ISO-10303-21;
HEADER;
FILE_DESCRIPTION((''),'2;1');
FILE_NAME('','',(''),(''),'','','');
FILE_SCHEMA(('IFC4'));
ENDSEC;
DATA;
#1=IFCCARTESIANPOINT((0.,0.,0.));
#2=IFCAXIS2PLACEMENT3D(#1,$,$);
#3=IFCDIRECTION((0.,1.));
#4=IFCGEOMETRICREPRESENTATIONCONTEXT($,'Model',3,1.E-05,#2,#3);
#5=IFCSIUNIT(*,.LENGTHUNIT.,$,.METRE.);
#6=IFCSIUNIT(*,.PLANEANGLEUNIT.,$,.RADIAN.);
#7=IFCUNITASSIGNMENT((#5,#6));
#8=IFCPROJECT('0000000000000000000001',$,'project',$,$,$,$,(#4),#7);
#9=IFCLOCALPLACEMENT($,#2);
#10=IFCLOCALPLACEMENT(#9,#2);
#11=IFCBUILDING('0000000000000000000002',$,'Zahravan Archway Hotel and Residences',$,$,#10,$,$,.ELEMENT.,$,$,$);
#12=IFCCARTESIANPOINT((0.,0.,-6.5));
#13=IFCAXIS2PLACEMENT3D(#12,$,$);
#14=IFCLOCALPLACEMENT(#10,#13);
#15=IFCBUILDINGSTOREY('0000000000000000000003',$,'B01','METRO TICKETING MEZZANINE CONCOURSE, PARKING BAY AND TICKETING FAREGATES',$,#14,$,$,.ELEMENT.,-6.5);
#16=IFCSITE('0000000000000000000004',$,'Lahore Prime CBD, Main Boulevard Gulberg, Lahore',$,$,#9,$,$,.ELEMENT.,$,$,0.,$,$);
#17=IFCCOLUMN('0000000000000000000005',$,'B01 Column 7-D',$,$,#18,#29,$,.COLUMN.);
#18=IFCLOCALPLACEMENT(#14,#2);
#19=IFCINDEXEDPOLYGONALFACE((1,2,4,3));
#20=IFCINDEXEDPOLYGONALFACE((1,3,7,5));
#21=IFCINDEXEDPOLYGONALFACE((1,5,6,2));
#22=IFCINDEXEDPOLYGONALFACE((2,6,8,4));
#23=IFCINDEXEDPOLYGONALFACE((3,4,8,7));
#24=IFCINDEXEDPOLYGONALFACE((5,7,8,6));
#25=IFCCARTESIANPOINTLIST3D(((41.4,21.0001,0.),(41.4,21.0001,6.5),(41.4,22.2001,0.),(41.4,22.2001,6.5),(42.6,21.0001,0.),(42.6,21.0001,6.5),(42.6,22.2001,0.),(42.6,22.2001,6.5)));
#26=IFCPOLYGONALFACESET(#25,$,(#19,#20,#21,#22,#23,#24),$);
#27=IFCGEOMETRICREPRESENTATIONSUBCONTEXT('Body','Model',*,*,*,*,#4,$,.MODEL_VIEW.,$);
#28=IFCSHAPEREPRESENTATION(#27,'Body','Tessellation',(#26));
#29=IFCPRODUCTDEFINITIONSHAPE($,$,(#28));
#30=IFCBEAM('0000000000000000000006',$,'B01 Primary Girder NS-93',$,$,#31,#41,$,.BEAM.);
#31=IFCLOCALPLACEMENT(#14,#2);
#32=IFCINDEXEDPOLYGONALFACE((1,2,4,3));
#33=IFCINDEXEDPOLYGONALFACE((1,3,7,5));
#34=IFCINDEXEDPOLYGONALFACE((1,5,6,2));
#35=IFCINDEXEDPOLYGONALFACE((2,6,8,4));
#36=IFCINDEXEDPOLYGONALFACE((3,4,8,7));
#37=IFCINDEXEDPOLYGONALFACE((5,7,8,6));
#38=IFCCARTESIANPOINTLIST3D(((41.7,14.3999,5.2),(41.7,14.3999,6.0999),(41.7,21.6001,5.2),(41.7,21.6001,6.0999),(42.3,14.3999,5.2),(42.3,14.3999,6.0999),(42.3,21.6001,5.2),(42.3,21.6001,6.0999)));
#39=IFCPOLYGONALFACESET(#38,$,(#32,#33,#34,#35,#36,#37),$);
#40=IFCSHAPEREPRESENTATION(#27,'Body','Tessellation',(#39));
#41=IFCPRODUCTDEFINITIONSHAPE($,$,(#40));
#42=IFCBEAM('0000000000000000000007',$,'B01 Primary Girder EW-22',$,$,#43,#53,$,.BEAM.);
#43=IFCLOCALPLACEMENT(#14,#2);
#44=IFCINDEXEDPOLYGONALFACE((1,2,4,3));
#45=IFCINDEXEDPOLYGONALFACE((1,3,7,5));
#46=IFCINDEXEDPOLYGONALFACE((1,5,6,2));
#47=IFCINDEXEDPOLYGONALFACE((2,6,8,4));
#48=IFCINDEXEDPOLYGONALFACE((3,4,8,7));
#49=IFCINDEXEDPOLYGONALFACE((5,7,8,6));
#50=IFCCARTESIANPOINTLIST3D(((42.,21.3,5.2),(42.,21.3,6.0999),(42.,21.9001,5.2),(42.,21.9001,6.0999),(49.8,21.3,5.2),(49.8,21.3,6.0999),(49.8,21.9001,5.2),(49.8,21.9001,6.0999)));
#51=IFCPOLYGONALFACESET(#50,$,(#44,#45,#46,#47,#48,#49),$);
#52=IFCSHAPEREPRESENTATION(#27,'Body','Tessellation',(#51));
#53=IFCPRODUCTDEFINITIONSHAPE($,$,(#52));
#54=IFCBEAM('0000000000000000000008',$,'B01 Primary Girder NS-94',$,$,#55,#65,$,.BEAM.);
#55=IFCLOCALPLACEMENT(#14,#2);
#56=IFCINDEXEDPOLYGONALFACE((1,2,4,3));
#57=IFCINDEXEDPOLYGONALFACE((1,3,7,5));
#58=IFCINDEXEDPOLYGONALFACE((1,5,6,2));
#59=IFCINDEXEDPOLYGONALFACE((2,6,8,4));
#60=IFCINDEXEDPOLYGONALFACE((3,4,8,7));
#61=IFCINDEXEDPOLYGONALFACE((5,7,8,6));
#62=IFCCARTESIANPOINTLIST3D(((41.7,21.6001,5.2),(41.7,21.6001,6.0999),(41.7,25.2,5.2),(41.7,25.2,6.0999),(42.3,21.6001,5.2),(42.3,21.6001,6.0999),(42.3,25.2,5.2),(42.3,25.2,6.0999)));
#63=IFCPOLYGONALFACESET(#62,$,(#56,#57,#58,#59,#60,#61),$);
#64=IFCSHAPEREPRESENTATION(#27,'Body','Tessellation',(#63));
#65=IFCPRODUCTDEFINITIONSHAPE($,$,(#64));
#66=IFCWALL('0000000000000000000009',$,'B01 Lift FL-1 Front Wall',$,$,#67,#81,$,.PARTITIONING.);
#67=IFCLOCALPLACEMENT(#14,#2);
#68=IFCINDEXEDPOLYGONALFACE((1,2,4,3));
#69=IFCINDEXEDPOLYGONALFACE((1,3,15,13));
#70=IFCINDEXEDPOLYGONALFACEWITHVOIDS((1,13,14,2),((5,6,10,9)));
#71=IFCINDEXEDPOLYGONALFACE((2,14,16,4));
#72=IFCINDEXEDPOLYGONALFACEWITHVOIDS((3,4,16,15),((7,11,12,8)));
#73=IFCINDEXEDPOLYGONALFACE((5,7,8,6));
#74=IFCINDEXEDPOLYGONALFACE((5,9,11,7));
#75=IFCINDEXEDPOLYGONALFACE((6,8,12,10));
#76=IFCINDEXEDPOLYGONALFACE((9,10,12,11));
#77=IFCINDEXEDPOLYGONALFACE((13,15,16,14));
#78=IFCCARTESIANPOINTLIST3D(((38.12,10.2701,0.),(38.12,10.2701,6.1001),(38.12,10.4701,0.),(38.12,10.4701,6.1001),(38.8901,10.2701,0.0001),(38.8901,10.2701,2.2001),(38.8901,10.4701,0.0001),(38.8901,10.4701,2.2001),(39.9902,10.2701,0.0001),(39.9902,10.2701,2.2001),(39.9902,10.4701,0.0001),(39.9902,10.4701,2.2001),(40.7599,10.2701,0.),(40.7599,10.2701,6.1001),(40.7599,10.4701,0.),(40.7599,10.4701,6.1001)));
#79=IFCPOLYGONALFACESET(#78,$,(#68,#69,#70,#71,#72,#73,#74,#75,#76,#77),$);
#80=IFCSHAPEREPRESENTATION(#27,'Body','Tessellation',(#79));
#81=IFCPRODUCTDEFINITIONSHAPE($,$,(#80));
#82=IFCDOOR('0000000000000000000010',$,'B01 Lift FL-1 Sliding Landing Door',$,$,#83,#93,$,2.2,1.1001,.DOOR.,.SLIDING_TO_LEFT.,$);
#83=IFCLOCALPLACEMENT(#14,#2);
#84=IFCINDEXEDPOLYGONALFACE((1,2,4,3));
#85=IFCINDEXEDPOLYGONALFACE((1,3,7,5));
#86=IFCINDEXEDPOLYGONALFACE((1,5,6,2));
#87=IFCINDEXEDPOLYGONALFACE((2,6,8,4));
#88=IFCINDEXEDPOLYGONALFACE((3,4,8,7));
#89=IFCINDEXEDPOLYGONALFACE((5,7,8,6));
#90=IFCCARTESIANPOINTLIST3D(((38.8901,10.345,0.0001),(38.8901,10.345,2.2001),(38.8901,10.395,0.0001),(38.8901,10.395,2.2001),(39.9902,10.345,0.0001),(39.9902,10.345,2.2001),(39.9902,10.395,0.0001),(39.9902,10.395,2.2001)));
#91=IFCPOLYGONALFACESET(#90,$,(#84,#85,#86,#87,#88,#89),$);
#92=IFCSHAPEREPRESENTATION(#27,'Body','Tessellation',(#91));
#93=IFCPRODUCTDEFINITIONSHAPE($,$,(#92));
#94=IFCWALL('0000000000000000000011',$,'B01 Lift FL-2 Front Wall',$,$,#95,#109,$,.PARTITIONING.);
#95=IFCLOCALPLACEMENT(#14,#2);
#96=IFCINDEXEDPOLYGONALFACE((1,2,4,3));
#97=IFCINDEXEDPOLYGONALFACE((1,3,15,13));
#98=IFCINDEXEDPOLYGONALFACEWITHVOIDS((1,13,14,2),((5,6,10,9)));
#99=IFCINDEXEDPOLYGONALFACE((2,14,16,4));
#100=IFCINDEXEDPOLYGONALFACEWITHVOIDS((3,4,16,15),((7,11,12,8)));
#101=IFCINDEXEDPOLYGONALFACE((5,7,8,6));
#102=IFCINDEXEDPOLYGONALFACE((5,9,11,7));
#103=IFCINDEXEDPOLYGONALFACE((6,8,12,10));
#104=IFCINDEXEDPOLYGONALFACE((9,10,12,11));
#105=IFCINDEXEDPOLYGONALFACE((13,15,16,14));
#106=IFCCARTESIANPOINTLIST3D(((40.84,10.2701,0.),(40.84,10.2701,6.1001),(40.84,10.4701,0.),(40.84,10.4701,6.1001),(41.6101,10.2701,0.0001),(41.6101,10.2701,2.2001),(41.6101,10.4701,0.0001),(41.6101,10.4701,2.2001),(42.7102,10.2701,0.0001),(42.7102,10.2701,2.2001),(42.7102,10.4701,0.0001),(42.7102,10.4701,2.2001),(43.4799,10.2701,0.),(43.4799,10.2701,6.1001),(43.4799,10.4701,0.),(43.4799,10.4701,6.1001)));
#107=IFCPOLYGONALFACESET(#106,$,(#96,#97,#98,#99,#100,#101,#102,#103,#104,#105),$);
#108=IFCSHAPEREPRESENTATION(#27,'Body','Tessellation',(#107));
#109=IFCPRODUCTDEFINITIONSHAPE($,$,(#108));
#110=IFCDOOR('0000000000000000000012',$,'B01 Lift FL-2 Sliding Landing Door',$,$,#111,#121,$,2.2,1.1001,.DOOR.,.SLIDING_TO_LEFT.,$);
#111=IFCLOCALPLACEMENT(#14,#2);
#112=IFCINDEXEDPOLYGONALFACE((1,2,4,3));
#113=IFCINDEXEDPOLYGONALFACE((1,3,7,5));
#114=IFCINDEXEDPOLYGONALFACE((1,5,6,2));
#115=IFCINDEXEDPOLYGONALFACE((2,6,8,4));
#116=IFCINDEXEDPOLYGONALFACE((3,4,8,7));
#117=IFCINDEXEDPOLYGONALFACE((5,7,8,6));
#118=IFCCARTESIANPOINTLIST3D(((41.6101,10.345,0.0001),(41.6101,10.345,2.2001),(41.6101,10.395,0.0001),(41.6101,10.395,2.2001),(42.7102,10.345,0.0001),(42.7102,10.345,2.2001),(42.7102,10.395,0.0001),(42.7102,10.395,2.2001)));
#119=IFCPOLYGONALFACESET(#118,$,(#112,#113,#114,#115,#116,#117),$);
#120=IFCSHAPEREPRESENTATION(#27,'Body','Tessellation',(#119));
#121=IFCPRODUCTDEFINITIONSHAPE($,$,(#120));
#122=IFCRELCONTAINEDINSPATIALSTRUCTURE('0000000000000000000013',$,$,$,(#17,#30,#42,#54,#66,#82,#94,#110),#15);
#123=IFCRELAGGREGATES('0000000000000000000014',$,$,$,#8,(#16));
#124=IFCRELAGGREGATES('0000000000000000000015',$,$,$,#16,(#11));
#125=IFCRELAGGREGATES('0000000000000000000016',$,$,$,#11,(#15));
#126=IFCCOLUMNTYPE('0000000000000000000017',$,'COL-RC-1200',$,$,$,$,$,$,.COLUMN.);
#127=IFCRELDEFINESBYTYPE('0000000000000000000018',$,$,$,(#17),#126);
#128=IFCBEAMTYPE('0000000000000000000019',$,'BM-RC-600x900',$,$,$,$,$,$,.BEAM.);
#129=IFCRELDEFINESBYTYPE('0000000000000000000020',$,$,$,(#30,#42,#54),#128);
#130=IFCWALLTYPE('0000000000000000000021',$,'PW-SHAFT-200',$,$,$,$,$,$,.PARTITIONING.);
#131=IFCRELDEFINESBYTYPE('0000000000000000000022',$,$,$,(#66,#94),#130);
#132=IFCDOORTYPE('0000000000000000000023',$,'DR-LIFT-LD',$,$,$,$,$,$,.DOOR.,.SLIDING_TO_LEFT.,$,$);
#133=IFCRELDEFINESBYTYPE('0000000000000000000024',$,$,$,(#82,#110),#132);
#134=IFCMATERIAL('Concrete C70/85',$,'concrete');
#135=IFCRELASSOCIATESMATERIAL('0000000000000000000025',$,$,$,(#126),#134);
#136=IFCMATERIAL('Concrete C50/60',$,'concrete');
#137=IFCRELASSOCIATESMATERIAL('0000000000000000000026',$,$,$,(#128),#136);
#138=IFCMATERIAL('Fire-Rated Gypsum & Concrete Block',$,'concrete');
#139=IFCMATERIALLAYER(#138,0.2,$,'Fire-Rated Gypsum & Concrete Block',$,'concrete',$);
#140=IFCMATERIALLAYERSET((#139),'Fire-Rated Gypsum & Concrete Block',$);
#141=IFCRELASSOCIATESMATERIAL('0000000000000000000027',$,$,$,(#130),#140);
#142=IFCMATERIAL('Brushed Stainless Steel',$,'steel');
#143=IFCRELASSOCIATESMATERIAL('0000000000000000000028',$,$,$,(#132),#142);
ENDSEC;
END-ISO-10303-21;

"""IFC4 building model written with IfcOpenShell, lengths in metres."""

from ifc_helpers import new_model, si_unit, direction, frame, frame_2d, origin, origin_2d, place, context, subcontext, project, spatial, rectangle, extrude, source, transform, mapped, material, layer, layer_set, material_profile, profile_set, type_object, type_shapes, element, fill, save


model = new_model("IFC4")

# Units and contexts
model_context = context("Model", 3, precision=1e-05, world=origin(), true_north=direction((0.0, 1.0)))
body_context = subcontext(model_context, "Body", "Model", "MODEL_VIEW")
ifc_project = project(units=[si_unit("LENGTHUNIT", "METRE"), si_unit("PLANEANGLEUNIT", "RADIAN")], contexts=[model_context])

# Site, building, storey
site_placement = place(None, origin())
site = spatial("IfcSite", under=ifc_project, at=site_placement, Name="Lahore Prime CBD, Main Boulevard Gulberg, Lahore", CompositionType="ELEMENT", RefElevation=0.0)
building_placement = place(site_placement, origin())
building = spatial("IfcBuilding", under=site, at=building_placement, Name="Zahravan Archway Hotel and Residences", CompositionType="ELEMENT")
storey_placement = place(building_placement, frame((0.0, 0.0, -6.5)))
storey = spatial("IfcBuildingStorey", under=building, at=storey_placement, Name="B01", Description="METRO TICKETING MEZZANINE CONCOURSE, PARKING BAY AND TICKETING FAREGATES", CompositionType="ELEMENT", Elevation=-6.5)

# Column
ifc_material_1 = material(Name="Concrete C70/85", Category="concrete")
ifc_material_profile_1 = material_profile(ifc_material_1, rectangle(XDim=1.2, YDim=1.2, at=origin_2d()), Name="RC-COL-1200x1200", Category="concrete")
ifc_profile_set_1 = profile_set([ifc_material_profile_1], Name="Concrete C70/85")
column_type = type_object("IfcColumnType", Name="COL-RC-1200", PredefinedType="COLUMN", material=ifc_profile_set_1)
shared_shape_1 = source(origin(), body_context, "Body", "SweptSolid", [
    extrude(rectangle(XDim=1.2, YDim=1.2, at=origin_2d()), origin(), (0.0, 0.0, 1.0), 6.5),
])
column_placement = place(storey_placement, frame((42.0, 21.6001, 0.0), z_axis=(0.0, 0.0, 1.0), x_axis=(1.0, 0.0, 0.0)))
element("IfcColumn", 1, at=column_placement, inside=storey, type_object=column_type, Name="B01 Column 7-D", PredefinedType="COLUMN", context=body_context, shape_type="MappedRepresentation", body=[
    mapped(shared_shape_1, transform((0.0, 0.0, 0.0), scale=1.0)),
])

# Beams
ifc_material_2 = material(Name="Concrete C50/60", Category="concrete")
ifc_material_profile_2 = material_profile(ifc_material_2, rectangle(XDim=0.6001, YDim=0.8999, at=origin_2d()), Name="RC-BM-600x900", Category="concrete")
ifc_profile_set_2 = profile_set([ifc_material_profile_2], Name="Concrete C50/60")
beam_type = type_object("IfcBeamType", Name="BM-RC-600x900", PredefinedType="BEAM", material=ifc_profile_set_2)
shared_shape_2 = source(origin(), body_context, "Body", "SweptSolid", [
    extrude(rectangle(XDim=0.6001, YDim=0.8999, at=origin_2d()), origin(), (0.0, 0.0, 1.0), 7.2002),
])
beam_1_placement = place(storey_placement, frame((42.0, 14.3999, 5.6499), z_axis=(0.0, 1.0, 0.0), x_axis=(-1.0, 0.0, 0.0)))
element("IfcBeam", 2, at=beam_1_placement, inside=storey, type_object=beam_type, Name="B01 Primary Girder NS-93", PredefinedType="BEAM", context=body_context, shape_type="MappedRepresentation", body=[
    mapped(shared_shape_2, transform((0.0, 0.0, 0.0), scale=1.0)),
])
shared_shape_3 = source(origin(), body_context, "Body", "SweptSolid", [
    extrude(rectangle(XDim=0.6001, YDim=0.8999, at=origin_2d()), origin(), (0.0, 0.0, 1.0), 7.8),
])
beam_2_placement = place(storey_placement, frame((42.0, 21.6001, 5.6499), z_axis=(1.0, 0.0, 0.0), x_axis=(0.0, 1.0, 0.0)))
element("IfcBeam", 3, at=beam_2_placement, inside=storey, type_object=beam_type, Name="B01 Primary Girder EW-22", PredefinedType="BEAM", context=body_context, shape_type="MappedRepresentation", body=[
    mapped(shared_shape_3, transform((0.0, 0.0, 0.0), scale=1.0)),
])
shared_shape_4 = source(origin(), body_context, "Body", "SweptSolid", [
    extrude(rectangle(XDim=0.6001, YDim=0.8999, at=origin_2d()), origin(), (0.0, 0.0, 1.0), 3.5999),
])
beam_3_placement = place(storey_placement, frame((42.0, 21.6001, 5.6499), z_axis=(0.0, 1.0, 0.0), x_axis=(-1.0, 0.0, 0.0)))
element("IfcBeam", 4, at=beam_3_placement, inside=storey, type_object=beam_type, Name="B01 Primary Girder NS-94", PredefinedType="BEAM", context=body_context, shape_type="MappedRepresentation", body=[
    mapped(shared_shape_4, transform((0.0, 0.0, 0.0), scale=1.0)),
])

# Walls, openings, doors
ifc_material_3 = material(Name="Fire-Rated Gypsum & Concrete Block", Category="concrete")
ifc_layer_1 = layer(ifc_material_3, 0.2, Name="Fire-Rated Gypsum & Concrete Block", Category="concrete")
ifc_layer_set_1 = layer_set([ifc_layer_1], Name="Fire-Rated Gypsum & Concrete Block")
wall_type_1 = type_object("IfcWallType", Name="PW-SHAFT-200", PredefinedType="PARTITIONING", material=ifc_layer_set_1)
wall_1_placement = place(storey_placement, frame((38.1201, 10.3701, 0.0), z_axis=(0.0, 0.0, 1.0), x_axis=(1.0, 0.0, 0.0)))
wall_1 = element("IfcWall", 5, at=wall_1_placement, inside=storey, type_object=wall_type_1, Name="B01 Lift FL-1 Front Wall", PredefinedType="PARTITIONING", context=body_context, shape_type="SweptSolid", body=[
    extrude(rectangle(XDim=2.6399, YDim=0.2, at=frame_2d((1.3198, 0.0))), origin(), (0.0, 0.0, 1.0), 6.1001),
])
opening_1_placement = place(wall_1_placement, frame((0.77, 0.0, 0.0)))
opening_1 = element("IfcOpeningElement", 6, at=opening_1_placement, cuts=wall_1, PredefinedType="OPENING", context=body_context, shape_type="SweptSolid", body=[
    extrude(rectangle(XDim=1.1001, YDim=2.2, at=frame_2d((0.55, 1.1001))), frame((0.0, 0.1099, 0.0), z_axis=(0.0, -1.0, 0.0), x_axis=(1.0, 0.0, 0.0)), (0.0, 0.0, 1.0), 0.22),
])
ifc_material_4 = material(Name="Brushed Stainless Steel", Category="steel")
door_type_1 = type_object("IfcDoorType", Name="DR-LIFT-LD", OperationType="SLIDING_TO_LEFT", PredefinedType="DOOR", material=ifc_material_4)
shared_shape_5 = source(origin(), body_context, "Body", "SweptSolid", [
    extrude(rectangle(XDim=1.1001, YDim=2.2, at=frame_2d((0.55, 1.1001))), frame((0.0, 0.0249, 0.0), z_axis=(0.0, -1.0, 0.0), x_axis=(1.0, 0.0, 0.0)), (0.0, 0.0, 1.0), 0.05),
])
type_shapes(door_type_1, [shared_shape_5])
door_1_placement = place(opening_1_placement, origin())
door_1 = element("IfcDoor", 7, at=door_1_placement, inside=storey, type_object=door_type_1, Name="B01 Lift FL-1 Sliding Landing Door", OperationType="SLIDING_TO_LEFT", OverallHeight=2.2, OverallWidth=1.1001, PredefinedType="DOOR", context=body_context, shape_type="MappedRepresentation", body=[
    mapped(shared_shape_5, transform((0.0, 0.0, 0.0), scale=1.0)),
])
fill(opening_1, door_1)
wall_2_placement = place(storey_placement, frame((40.8401, 10.3701, 0.0), z_axis=(0.0, 0.0, 1.0), x_axis=(1.0, 0.0, 0.0)))
wall_2 = element("IfcWall", 8, at=wall_2_placement, inside=storey, type_object=wall_type_1, Name="B01 Lift FL-2 Front Wall", PredefinedType="PARTITIONING", context=body_context, shape_type="SweptSolid", body=[
    extrude(rectangle(XDim=2.6399, YDim=0.2, at=frame_2d((1.3198, 0.0))), origin(), (0.0, 0.0, 1.0), 6.1001),
])
opening_2_placement = place(wall_2_placement, frame((0.77, 0.0, 0.0)))
opening_2 = element("IfcOpeningElement", 9, at=opening_2_placement, cuts=wall_2, PredefinedType="OPENING", context=body_context, shape_type="SweptSolid", body=[
    extrude(rectangle(XDim=1.1001, YDim=2.2, at=frame_2d((0.55, 1.1001))), frame((0.0, 0.1099, 0.0), z_axis=(0.0, -1.0, 0.0), x_axis=(1.0, 0.0, 0.0)), (0.0, 0.0, 1.0), 0.22),
])
door_2_placement = place(opening_2_placement, origin())
door_2 = element("IfcDoor", 10, at=door_2_placement, inside=storey, type_object=door_type_1, Name="B01 Lift FL-2 Sliding Landing Door", OperationType="SLIDING_TO_LEFT", OverallHeight=2.2, OverallWidth=1.1001, PredefinedType="DOOR", context=body_context, shape_type="MappedRepresentation", body=[
    mapped(shared_shape_5, transform((0.0, 0.0, 0.0), scale=1.0)),
])
fill(opening_2, door_2)

save(model, "model.ifc")
